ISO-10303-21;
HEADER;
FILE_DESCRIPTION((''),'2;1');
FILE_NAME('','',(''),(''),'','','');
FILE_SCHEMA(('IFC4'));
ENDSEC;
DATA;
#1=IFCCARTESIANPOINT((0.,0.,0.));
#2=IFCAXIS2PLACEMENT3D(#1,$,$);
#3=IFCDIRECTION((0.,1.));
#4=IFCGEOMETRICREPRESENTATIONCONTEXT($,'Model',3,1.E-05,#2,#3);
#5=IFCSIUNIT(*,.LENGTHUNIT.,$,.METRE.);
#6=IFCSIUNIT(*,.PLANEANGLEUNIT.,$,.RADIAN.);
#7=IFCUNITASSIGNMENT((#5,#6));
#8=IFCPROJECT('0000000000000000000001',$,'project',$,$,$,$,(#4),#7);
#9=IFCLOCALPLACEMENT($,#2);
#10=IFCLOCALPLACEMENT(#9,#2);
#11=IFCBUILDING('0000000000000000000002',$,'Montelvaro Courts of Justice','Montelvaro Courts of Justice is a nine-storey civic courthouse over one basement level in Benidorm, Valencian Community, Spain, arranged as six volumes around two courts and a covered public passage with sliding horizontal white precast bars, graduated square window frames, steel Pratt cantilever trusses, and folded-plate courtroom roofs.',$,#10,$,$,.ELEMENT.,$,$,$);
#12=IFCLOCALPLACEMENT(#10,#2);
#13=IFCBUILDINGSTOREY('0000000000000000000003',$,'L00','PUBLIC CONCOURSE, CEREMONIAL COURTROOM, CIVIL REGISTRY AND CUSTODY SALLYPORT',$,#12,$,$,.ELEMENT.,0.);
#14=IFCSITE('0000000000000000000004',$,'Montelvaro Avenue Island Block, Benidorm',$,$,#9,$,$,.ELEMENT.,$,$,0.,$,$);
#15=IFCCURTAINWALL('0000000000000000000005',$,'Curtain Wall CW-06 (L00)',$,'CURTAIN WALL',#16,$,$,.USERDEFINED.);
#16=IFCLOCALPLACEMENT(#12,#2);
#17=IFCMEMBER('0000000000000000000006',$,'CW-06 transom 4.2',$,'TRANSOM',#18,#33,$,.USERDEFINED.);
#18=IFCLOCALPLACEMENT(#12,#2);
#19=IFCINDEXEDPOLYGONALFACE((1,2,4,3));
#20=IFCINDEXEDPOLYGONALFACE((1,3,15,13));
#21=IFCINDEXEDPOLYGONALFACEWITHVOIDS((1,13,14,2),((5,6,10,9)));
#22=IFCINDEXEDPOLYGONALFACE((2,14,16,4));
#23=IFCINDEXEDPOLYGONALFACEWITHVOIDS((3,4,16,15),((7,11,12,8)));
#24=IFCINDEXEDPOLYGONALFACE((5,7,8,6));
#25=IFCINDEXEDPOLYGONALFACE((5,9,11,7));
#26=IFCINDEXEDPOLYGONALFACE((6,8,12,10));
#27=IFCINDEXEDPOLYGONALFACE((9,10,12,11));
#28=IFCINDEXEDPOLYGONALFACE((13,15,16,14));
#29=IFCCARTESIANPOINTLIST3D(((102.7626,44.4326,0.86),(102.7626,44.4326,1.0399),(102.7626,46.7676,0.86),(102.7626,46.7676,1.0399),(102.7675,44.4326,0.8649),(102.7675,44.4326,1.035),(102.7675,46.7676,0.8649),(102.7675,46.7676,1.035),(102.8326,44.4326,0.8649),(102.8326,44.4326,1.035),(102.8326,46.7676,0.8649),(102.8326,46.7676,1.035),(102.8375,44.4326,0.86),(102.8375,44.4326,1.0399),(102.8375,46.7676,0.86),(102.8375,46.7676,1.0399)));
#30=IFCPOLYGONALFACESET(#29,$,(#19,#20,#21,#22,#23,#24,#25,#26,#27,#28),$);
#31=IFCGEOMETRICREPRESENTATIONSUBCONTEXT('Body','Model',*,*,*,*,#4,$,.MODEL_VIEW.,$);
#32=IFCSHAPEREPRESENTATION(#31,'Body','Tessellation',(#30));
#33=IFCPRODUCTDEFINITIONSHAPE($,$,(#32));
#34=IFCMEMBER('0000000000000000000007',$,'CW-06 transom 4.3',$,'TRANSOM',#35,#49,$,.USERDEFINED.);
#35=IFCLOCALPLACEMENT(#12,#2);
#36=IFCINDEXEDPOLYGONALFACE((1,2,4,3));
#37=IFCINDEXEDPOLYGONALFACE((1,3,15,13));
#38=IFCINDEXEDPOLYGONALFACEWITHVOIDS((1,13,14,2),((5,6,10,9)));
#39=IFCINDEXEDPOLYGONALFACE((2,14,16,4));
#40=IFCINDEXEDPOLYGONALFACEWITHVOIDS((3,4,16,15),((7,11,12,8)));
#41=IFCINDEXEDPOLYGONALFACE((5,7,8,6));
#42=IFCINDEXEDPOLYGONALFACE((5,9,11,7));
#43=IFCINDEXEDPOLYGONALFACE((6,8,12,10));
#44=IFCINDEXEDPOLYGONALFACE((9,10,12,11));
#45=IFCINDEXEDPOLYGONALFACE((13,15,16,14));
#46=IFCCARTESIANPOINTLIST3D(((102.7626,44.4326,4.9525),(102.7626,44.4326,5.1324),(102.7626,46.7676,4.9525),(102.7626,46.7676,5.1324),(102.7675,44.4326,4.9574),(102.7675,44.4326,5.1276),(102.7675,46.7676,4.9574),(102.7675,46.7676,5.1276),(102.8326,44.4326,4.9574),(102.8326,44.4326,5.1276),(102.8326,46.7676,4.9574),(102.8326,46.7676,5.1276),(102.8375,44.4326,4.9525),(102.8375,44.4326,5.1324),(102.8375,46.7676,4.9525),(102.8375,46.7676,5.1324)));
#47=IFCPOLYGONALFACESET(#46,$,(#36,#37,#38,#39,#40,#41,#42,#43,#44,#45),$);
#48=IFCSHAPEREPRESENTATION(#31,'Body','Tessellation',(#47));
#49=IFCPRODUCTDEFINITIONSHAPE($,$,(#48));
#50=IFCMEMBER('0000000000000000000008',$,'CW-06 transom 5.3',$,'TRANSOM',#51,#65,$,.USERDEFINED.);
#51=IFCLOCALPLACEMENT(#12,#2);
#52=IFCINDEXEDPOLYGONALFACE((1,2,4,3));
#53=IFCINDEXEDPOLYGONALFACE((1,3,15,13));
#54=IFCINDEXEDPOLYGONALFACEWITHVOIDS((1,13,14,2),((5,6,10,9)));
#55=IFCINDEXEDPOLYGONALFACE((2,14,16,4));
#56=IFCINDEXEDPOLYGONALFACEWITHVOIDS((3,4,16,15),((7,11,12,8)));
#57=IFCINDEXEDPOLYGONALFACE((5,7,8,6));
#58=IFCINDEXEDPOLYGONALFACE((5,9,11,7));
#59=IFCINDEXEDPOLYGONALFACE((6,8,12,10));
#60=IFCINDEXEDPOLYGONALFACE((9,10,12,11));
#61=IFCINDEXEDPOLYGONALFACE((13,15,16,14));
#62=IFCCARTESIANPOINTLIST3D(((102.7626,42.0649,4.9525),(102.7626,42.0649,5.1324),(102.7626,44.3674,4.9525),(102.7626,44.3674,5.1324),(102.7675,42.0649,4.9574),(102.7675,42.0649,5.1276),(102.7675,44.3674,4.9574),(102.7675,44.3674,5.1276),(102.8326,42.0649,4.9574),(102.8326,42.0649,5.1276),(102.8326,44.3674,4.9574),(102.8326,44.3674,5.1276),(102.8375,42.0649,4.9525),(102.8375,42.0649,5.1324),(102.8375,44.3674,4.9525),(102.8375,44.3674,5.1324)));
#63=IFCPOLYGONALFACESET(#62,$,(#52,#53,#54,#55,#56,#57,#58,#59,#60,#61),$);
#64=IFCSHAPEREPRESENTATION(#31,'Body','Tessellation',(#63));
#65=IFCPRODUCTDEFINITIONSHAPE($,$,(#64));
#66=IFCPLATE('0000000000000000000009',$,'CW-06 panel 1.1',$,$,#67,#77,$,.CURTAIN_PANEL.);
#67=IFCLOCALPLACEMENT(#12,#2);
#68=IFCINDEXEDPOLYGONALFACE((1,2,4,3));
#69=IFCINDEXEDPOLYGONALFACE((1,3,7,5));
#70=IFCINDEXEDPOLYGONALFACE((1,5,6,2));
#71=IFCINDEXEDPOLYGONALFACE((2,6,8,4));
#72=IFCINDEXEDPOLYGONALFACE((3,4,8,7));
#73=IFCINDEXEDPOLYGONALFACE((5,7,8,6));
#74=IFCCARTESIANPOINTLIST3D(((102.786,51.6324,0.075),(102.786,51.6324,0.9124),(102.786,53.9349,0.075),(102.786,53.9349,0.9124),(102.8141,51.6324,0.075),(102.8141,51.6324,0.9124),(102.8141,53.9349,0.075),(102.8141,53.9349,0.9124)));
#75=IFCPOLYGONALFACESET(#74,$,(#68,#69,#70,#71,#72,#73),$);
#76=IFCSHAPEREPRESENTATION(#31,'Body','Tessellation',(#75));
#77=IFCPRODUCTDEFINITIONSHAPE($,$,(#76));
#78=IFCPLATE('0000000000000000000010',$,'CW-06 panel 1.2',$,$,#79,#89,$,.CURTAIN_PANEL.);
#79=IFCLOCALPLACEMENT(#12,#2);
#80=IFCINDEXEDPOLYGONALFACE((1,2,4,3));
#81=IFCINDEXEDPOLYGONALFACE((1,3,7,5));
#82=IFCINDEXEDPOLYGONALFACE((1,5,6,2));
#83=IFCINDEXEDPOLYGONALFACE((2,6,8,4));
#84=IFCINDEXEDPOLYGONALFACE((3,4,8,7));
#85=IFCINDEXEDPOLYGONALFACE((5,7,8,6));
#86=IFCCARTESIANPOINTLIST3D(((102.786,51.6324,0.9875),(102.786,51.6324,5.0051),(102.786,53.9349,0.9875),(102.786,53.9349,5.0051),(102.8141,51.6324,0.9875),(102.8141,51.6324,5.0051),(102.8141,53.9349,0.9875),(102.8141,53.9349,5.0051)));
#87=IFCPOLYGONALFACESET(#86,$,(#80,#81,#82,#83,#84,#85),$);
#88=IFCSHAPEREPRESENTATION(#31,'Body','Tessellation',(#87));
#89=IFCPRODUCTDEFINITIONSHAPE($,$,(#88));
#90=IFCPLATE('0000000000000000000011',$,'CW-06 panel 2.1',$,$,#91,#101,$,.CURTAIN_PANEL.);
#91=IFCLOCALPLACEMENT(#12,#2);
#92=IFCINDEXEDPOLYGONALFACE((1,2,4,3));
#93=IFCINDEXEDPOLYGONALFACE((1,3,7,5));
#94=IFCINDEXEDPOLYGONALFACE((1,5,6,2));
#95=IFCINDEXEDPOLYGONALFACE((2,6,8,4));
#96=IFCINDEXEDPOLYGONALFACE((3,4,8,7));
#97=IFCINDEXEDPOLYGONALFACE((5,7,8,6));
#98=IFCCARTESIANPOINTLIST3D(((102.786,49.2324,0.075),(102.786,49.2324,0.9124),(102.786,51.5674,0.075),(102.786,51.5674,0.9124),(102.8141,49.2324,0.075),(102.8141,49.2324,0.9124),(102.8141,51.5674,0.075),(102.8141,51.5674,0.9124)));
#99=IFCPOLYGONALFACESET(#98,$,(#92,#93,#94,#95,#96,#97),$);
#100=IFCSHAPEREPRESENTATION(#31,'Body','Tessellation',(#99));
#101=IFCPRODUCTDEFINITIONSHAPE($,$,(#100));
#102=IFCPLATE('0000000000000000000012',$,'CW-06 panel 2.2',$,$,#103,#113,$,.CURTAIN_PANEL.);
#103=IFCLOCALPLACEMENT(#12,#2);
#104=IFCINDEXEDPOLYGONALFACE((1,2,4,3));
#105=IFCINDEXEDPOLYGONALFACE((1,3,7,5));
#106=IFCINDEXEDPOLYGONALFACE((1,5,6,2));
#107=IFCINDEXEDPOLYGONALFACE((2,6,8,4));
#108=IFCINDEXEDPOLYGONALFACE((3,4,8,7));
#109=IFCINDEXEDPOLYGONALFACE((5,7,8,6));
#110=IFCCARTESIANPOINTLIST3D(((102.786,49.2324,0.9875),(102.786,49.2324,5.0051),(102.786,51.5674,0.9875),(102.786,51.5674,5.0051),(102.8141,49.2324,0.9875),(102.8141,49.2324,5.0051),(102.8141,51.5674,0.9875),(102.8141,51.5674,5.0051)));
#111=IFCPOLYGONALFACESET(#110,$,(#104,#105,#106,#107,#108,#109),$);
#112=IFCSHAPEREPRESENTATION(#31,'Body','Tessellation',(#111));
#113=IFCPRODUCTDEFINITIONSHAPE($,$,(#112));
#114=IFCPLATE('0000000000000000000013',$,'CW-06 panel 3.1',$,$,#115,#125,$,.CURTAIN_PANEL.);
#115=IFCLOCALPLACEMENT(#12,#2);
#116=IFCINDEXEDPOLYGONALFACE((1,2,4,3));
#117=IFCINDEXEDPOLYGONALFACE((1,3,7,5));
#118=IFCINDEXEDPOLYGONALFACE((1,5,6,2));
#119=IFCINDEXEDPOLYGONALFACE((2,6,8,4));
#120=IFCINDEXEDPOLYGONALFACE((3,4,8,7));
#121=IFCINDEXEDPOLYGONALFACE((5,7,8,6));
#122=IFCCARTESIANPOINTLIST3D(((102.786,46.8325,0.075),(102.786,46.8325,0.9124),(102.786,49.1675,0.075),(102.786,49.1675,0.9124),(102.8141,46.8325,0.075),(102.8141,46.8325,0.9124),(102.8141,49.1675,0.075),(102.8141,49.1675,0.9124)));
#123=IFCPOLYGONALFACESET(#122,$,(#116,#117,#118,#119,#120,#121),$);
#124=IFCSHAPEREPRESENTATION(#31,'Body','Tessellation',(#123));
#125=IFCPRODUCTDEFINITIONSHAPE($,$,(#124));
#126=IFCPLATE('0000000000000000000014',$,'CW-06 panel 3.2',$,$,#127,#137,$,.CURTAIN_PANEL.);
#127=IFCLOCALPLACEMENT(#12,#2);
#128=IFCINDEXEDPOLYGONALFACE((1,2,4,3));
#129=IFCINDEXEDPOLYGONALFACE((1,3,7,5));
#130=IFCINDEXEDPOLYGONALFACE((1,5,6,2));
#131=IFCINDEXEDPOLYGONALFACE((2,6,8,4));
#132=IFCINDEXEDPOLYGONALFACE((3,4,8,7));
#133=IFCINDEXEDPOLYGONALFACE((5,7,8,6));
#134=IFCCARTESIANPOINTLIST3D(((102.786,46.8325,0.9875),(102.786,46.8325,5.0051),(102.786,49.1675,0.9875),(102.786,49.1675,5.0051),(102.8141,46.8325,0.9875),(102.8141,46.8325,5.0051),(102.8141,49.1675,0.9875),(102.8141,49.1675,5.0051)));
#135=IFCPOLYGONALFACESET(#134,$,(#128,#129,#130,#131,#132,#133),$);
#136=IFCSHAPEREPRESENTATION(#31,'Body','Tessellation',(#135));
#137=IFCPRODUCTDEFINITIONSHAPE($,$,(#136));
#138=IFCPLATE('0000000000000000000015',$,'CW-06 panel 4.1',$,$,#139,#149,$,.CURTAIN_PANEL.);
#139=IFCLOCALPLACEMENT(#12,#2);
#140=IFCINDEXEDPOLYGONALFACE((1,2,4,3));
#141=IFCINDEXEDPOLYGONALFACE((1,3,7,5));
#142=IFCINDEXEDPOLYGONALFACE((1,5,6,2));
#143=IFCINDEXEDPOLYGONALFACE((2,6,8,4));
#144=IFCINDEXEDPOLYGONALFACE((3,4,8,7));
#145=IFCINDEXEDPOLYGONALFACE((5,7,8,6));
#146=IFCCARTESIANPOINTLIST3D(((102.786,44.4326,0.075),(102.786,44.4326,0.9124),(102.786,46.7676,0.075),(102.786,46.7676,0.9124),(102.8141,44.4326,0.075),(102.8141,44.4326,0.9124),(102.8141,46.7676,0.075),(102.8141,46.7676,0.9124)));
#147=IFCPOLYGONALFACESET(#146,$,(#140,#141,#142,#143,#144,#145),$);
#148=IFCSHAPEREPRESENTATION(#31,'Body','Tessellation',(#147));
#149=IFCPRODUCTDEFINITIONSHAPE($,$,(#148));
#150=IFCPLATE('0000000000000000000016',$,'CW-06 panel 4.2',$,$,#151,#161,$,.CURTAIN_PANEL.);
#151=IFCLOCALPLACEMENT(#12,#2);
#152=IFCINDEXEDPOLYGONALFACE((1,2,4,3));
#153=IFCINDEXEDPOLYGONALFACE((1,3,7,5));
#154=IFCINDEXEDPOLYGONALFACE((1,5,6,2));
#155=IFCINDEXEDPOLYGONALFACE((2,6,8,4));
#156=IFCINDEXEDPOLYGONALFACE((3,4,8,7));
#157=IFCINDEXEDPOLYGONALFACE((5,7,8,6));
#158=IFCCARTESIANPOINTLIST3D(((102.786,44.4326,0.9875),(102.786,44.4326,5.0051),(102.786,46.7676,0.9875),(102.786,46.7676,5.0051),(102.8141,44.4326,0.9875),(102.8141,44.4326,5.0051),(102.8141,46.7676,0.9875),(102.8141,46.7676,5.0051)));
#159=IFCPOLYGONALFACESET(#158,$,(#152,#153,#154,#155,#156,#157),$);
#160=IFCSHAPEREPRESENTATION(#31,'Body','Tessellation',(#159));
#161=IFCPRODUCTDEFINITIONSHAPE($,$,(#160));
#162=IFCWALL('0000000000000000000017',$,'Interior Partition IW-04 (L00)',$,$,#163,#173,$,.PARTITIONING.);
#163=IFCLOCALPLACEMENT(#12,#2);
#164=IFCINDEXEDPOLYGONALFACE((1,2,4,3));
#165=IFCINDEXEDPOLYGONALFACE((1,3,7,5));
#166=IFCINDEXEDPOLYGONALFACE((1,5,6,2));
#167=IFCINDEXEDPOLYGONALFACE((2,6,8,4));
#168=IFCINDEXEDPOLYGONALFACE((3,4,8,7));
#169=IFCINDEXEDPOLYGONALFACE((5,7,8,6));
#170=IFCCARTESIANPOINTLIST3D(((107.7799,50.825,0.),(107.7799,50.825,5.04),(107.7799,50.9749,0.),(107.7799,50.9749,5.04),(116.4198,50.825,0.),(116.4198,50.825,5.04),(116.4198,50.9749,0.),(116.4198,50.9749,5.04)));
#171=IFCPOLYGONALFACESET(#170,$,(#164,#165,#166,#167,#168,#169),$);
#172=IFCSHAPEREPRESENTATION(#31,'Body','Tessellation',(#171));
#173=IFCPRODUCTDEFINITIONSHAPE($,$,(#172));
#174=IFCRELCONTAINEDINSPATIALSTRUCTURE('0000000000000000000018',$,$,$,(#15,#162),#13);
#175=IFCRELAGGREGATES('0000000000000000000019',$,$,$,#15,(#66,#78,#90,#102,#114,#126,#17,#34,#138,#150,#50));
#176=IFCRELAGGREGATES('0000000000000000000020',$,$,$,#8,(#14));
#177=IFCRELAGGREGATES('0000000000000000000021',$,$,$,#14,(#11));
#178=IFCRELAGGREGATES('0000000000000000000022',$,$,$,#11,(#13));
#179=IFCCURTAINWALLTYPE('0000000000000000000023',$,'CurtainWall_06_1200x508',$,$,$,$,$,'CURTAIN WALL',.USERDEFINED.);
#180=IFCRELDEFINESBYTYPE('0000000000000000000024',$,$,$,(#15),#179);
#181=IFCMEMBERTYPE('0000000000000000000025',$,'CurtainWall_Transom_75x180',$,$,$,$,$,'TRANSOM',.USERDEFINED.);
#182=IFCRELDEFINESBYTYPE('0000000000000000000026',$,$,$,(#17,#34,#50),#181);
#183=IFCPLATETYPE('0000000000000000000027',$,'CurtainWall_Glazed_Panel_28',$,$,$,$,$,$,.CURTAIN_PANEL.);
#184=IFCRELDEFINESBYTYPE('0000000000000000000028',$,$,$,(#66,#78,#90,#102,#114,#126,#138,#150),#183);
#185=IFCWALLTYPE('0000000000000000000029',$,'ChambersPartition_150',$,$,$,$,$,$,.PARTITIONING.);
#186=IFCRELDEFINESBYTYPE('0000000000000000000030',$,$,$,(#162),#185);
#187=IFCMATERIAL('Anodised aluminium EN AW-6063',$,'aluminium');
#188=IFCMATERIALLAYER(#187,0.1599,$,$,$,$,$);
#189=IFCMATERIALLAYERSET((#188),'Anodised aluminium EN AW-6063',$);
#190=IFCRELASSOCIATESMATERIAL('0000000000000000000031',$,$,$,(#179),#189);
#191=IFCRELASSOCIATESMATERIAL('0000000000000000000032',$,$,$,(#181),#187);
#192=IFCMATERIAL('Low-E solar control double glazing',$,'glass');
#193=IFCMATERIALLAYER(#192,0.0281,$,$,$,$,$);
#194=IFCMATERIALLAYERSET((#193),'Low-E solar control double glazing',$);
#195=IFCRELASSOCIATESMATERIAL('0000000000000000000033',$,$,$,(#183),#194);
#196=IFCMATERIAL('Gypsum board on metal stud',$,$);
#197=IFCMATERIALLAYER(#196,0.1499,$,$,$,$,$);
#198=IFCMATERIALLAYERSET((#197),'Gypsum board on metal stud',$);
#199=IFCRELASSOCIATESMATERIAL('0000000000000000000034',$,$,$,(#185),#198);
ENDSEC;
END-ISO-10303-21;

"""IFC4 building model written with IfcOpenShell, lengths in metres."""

from ifc_helpers import new_model, si_unit, direction, frame, frame_2d, origin, origin_2d, place, context, subcontext, project, spatial, rectangle, hollow_rectangle, extrude, material, layer, layer_set, material_profile, profile_set, type_object, element, aggregate, save


model = new_model("IFC4")

# Units and contexts
model_context = context("Model", 3, precision=1e-05, world=origin(), true_north=direction((0.0, 1.0)))
body_context = subcontext(model_context, "Body", "Model", "MODEL_VIEW")
ifc_project = project(units=[si_unit("LENGTHUNIT", "METRE"), si_unit("PLANEANGLEUNIT", "RADIAN")], contexts=[model_context])

# Site, building, storey
site_placement = place(None, origin())
site = spatial("IfcSite", under=ifc_project, at=site_placement, Name="Montelvaro Avenue Island Block, Benidorm", CompositionType="ELEMENT", RefElevation=0.0)
building_placement = place(site_placement, origin())
building = spatial("IfcBuilding", under=site, at=building_placement, Name="Montelvaro Courts of Justice", Description="Montelvaro Courts of Justice is a nine-storey civic courthouse over one basement level in Benidorm, Valencian Community, Spain, arranged as six volumes around two courts and a covered public passage with sliding horizontal white precast bars, graduated square window frames, steel Pratt cantilever trusses, and folded-plate courtroom roofs.", CompositionType="ELEMENT")
storey_placement = place(building_placement, origin())
storey = spatial("IfcBuildingStorey", under=building, at=storey_placement, Name="L00", Description="PUBLIC CONCOURSE, CEREMONIAL COURTROOM, CIVIL REGISTRY AND CUSTODY SALLYPORT", CompositionType="ELEMENT", Elevation=0.0)

# Curtain wall, members, plates
ifc_material_1 = material(Name="Anodised aluminium EN AW-6063", Category="aluminium")
ifc_layer_1 = layer(ifc_material_1, 0.1599)
ifc_layer_set_1 = layer_set([ifc_layer_1], Name="Anodised aluminium EN AW-6063")
curtain_wall_type = type_object("IfcCurtainWallType", Name="CurtainWall_06_1200x508", ElementType="CURTAIN WALL", PredefinedType="USERDEFINED", material=ifc_layer_set_1)
curtain_wall_placement = place(storey_placement, origin())
curtain_wall = element("IfcCurtainWall", 1, at=curtain_wall_placement, inside=storey, type_object=curtain_wall_type, Name="Curtain Wall CW-06 (L00)", ObjectType="CURTAIN WALL", PredefinedType="USERDEFINED")
ifc_material_profile_1 = material_profile(ifc_material_1, hollow_rectangle(XDim=0.075, YDim=0.1799, WallThickness=0.0049, at=origin_2d()), Name="ALU-T 75x180")
ifc_profile_set_1 = profile_set([ifc_material_profile_1], Name="Anodised aluminium EN AW-6063")
member_type_1 = type_object("IfcMemberType", Name="CurtainWall_Transom_75x180", ElementType="TRANSOM", PredefinedType="USERDEFINED", material=ifc_profile_set_1)
member_1_placement = place(storey_placement, frame((102.8, 46.7676, 0.95), z_axis=(0.0, -1.0, 0.0), x_axis=(1.0, 0.0, 0.0)))
member_1 = element("IfcMember", 2, at=member_1_placement, type_object=member_type_1, Name="CW-06 transom 4.2", ObjectType="TRANSOM", PredefinedType="USERDEFINED", context=body_context, shape_type="SweptSolid", body=[
    extrude(hollow_rectangle(XDim=0.075, YDim=0.1799, WallThickness=0.0049, at=origin_2d()), origin(), (0.0, 0.0, 1.0), 2.335),
])
member_2_placement = place(storey_placement, frame((102.8, 46.7676, 5.0425), z_axis=(0.0, -1.0, 0.0), x_axis=(1.0, 0.0, 0.0)))
member_2 = element("IfcMember", 3, at=member_2_placement, type_object=member_type_1, Name="CW-06 transom 4.3", ObjectType="TRANSOM", PredefinedType="USERDEFINED", context=body_context, shape_type="SweptSolid", body=[
    extrude(hollow_rectangle(XDim=0.075, YDim=0.1799, WallThickness=0.0049, at=origin_2d()), origin(), (0.0, 0.0, 1.0), 2.335),
])
member_3_placement = place(storey_placement, frame((102.8, 44.3674, 5.0425), z_axis=(0.0, -1.0, 0.0), x_axis=(1.0, 0.0, 0.0)))
member_3 = element("IfcMember", 4, at=member_3_placement, type_object=member_type_1, Name="CW-06 transom 5.3", ObjectType="TRANSOM", PredefinedType="USERDEFINED", context=body_context, shape_type="SweptSolid", body=[
    extrude(hollow_rectangle(XDim=0.075, YDim=0.1799, WallThickness=0.0049, at=origin_2d()), origin(), (0.0, 0.0, 1.0), 2.3025),
])
ifc_material_2 = material(Name="Low-E solar control double glazing", Category="glass")
ifc_layer_2 = layer(ifc_material_2, 0.0281)
ifc_layer_set_2 = layer_set([ifc_layer_2], Name="Low-E solar control double glazing")
plate_type = type_object("IfcPlateType", Name="CurtainWall_Glazed_Panel_28", PredefinedType="CURTAIN_PANEL", material=ifc_layer_set_2)
plate_1_placement = place(storey_placement, frame((102.8, 52.7837, 0.075), z_axis=(0.0, 0.0, 1.0), x_axis=(0.0, -1.0, 0.0)))
plate_1 = element("IfcPlate", 5, at=plate_1_placement, type_object=plate_type, Name="CW-06 panel 1.1", PredefinedType="CURTAIN_PANEL", context=body_context, shape_type="SweptSolid", body=[
    extrude(rectangle(XDim=2.3025, YDim=0.0281, at=origin_2d()), origin(), (0.0, 0.0, 1.0), 0.8374),
])
plate_2_placement = place(storey_placement, frame((102.8, 52.7837, 0.9875), z_axis=(0.0, 0.0, 1.0), x_axis=(0.0, -1.0, 0.0)))
plate_2 = element("IfcPlate", 6, at=plate_2_placement, type_object=plate_type, Name="CW-06 panel 1.2", PredefinedType="CURTAIN_PANEL", context=body_context, shape_type="SweptSolid", body=[
    extrude(rectangle(XDim=2.3025, YDim=0.0281, at=origin_2d()), origin(), (0.0, 0.0, 1.0), 4.0176),
])
plate_3_placement = place(storey_placement, frame((102.8, 50.3999, 0.075), z_axis=(0.0, 0.0, 1.0), x_axis=(0.0, -1.0, 0.0)))
plate_3 = element("IfcPlate", 7, at=plate_3_placement, type_object=plate_type, Name="CW-06 panel 2.1", PredefinedType="CURTAIN_PANEL", context=body_context, shape_type="SweptSolid", body=[
    extrude(rectangle(XDim=2.335, YDim=0.0281, at=origin_2d()), origin(), (0.0, 0.0, 1.0), 0.8374),
])
plate_4_placement = place(storey_placement, frame((102.8, 50.3999, 0.9875), z_axis=(0.0, 0.0, 1.0), x_axis=(0.0, -1.0, 0.0)))
plate_4 = element("IfcPlate", 8, at=plate_4_placement, type_object=plate_type, Name="CW-06 panel 2.2", PredefinedType="CURTAIN_PANEL", context=body_context, shape_type="SweptSolid", body=[
    extrude(rectangle(XDim=2.335, YDim=0.0281, at=origin_2d()), origin(), (0.0, 0.0, 1.0), 4.0176),
])
plate_5_placement = place(storey_placement, frame((102.8, 48.0, 0.075), z_axis=(0.0, 0.0, 1.0), x_axis=(0.0, -1.0, 0.0)))
plate_5 = element("IfcPlate", 9, at=plate_5_placement, type_object=plate_type, Name="CW-06 panel 3.1", PredefinedType="CURTAIN_PANEL", context=body_context, shape_type="SweptSolid", body=[
    extrude(rectangle(XDim=2.335, YDim=0.0281, at=origin_2d()), origin(), (0.0, 0.0, 1.0), 0.8374),
])
plate_6_placement = place(storey_placement, frame((102.8, 48.0, 0.9875), z_axis=(0.0, 0.0, 1.0), x_axis=(0.0, -1.0, 0.0)))
plate_6 = element("IfcPlate", 10, at=plate_6_placement, type_object=plate_type, Name="CW-06 panel 3.2", PredefinedType="CURTAIN_PANEL", context=body_context, shape_type="SweptSolid", body=[
    extrude(rectangle(XDim=2.335, YDim=0.0281, at=origin_2d()), origin(), (0.0, 0.0, 1.0), 4.0176),
])
plate_7_placement = place(storey_placement, frame((102.8, 45.6001, 0.075), z_axis=(0.0, 0.0, 1.0), x_axis=(0.0, -1.0, 0.0)))
plate_7 = element("IfcPlate", 11, at=plate_7_placement, type_object=plate_type, Name="CW-06 panel 4.1", PredefinedType="CURTAIN_PANEL", context=body_context, shape_type="SweptSolid", body=[
    extrude(rectangle(XDim=2.335, YDim=0.0281, at=origin_2d()), origin(), (0.0, 0.0, 1.0), 0.8374),
])
plate_8_placement = place(storey_placement, frame((102.8, 45.6001, 0.9875), z_axis=(0.0, 0.0, 1.0), x_axis=(0.0, -1.0, 0.0)))
plate_8 = element("IfcPlate", 12, at=plate_8_placement, type_object=plate_type, Name="CW-06 panel 4.2", PredefinedType="CURTAIN_PANEL", context=body_context, shape_type="SweptSolid", body=[
    extrude(rectangle(XDim=2.335, YDim=0.0281, at=origin_2d()), origin(), (0.0, 0.0, 1.0), 4.0176),
])
aggregate(curtain_wall, [plate_1, plate_2, plate_3, plate_4, plate_5, plate_6, member_1, member_2, plate_7, plate_8, member_3])

# Wall
ifc_material_3 = material(Name="Gypsum board on metal stud")
ifc_layer_3 = layer(ifc_material_3, 0.1499)
ifc_layer_set_3 = layer_set([ifc_layer_3], Name="Gypsum board on metal stud")
wall_type = type_object("IfcWallType", Name="ChambersPartition_150", PredefinedType="PARTITIONING", material=ifc_layer_set_3)
wall_placement = place(storey_placement, frame((107.78, 50.8999, 0.0), z_axis=(0.0, 0.0, 1.0), x_axis=(1.0, 0.0, 0.0)))
element("IfcWall", 13, at=wall_placement, inside=storey, type_object=wall_type, Name="Interior Partition IW-04 (L00)", PredefinedType="PARTITIONING", context=body_context, shape_type="SweptSolid", body=[
    extrude(rectangle(XDim=8.6399, YDim=0.1499, at=frame_2d((4.3198, 0.0))), origin(), (0.0, 0.0, 1.0), 5.04),
])

save(model, "model.ifc")
